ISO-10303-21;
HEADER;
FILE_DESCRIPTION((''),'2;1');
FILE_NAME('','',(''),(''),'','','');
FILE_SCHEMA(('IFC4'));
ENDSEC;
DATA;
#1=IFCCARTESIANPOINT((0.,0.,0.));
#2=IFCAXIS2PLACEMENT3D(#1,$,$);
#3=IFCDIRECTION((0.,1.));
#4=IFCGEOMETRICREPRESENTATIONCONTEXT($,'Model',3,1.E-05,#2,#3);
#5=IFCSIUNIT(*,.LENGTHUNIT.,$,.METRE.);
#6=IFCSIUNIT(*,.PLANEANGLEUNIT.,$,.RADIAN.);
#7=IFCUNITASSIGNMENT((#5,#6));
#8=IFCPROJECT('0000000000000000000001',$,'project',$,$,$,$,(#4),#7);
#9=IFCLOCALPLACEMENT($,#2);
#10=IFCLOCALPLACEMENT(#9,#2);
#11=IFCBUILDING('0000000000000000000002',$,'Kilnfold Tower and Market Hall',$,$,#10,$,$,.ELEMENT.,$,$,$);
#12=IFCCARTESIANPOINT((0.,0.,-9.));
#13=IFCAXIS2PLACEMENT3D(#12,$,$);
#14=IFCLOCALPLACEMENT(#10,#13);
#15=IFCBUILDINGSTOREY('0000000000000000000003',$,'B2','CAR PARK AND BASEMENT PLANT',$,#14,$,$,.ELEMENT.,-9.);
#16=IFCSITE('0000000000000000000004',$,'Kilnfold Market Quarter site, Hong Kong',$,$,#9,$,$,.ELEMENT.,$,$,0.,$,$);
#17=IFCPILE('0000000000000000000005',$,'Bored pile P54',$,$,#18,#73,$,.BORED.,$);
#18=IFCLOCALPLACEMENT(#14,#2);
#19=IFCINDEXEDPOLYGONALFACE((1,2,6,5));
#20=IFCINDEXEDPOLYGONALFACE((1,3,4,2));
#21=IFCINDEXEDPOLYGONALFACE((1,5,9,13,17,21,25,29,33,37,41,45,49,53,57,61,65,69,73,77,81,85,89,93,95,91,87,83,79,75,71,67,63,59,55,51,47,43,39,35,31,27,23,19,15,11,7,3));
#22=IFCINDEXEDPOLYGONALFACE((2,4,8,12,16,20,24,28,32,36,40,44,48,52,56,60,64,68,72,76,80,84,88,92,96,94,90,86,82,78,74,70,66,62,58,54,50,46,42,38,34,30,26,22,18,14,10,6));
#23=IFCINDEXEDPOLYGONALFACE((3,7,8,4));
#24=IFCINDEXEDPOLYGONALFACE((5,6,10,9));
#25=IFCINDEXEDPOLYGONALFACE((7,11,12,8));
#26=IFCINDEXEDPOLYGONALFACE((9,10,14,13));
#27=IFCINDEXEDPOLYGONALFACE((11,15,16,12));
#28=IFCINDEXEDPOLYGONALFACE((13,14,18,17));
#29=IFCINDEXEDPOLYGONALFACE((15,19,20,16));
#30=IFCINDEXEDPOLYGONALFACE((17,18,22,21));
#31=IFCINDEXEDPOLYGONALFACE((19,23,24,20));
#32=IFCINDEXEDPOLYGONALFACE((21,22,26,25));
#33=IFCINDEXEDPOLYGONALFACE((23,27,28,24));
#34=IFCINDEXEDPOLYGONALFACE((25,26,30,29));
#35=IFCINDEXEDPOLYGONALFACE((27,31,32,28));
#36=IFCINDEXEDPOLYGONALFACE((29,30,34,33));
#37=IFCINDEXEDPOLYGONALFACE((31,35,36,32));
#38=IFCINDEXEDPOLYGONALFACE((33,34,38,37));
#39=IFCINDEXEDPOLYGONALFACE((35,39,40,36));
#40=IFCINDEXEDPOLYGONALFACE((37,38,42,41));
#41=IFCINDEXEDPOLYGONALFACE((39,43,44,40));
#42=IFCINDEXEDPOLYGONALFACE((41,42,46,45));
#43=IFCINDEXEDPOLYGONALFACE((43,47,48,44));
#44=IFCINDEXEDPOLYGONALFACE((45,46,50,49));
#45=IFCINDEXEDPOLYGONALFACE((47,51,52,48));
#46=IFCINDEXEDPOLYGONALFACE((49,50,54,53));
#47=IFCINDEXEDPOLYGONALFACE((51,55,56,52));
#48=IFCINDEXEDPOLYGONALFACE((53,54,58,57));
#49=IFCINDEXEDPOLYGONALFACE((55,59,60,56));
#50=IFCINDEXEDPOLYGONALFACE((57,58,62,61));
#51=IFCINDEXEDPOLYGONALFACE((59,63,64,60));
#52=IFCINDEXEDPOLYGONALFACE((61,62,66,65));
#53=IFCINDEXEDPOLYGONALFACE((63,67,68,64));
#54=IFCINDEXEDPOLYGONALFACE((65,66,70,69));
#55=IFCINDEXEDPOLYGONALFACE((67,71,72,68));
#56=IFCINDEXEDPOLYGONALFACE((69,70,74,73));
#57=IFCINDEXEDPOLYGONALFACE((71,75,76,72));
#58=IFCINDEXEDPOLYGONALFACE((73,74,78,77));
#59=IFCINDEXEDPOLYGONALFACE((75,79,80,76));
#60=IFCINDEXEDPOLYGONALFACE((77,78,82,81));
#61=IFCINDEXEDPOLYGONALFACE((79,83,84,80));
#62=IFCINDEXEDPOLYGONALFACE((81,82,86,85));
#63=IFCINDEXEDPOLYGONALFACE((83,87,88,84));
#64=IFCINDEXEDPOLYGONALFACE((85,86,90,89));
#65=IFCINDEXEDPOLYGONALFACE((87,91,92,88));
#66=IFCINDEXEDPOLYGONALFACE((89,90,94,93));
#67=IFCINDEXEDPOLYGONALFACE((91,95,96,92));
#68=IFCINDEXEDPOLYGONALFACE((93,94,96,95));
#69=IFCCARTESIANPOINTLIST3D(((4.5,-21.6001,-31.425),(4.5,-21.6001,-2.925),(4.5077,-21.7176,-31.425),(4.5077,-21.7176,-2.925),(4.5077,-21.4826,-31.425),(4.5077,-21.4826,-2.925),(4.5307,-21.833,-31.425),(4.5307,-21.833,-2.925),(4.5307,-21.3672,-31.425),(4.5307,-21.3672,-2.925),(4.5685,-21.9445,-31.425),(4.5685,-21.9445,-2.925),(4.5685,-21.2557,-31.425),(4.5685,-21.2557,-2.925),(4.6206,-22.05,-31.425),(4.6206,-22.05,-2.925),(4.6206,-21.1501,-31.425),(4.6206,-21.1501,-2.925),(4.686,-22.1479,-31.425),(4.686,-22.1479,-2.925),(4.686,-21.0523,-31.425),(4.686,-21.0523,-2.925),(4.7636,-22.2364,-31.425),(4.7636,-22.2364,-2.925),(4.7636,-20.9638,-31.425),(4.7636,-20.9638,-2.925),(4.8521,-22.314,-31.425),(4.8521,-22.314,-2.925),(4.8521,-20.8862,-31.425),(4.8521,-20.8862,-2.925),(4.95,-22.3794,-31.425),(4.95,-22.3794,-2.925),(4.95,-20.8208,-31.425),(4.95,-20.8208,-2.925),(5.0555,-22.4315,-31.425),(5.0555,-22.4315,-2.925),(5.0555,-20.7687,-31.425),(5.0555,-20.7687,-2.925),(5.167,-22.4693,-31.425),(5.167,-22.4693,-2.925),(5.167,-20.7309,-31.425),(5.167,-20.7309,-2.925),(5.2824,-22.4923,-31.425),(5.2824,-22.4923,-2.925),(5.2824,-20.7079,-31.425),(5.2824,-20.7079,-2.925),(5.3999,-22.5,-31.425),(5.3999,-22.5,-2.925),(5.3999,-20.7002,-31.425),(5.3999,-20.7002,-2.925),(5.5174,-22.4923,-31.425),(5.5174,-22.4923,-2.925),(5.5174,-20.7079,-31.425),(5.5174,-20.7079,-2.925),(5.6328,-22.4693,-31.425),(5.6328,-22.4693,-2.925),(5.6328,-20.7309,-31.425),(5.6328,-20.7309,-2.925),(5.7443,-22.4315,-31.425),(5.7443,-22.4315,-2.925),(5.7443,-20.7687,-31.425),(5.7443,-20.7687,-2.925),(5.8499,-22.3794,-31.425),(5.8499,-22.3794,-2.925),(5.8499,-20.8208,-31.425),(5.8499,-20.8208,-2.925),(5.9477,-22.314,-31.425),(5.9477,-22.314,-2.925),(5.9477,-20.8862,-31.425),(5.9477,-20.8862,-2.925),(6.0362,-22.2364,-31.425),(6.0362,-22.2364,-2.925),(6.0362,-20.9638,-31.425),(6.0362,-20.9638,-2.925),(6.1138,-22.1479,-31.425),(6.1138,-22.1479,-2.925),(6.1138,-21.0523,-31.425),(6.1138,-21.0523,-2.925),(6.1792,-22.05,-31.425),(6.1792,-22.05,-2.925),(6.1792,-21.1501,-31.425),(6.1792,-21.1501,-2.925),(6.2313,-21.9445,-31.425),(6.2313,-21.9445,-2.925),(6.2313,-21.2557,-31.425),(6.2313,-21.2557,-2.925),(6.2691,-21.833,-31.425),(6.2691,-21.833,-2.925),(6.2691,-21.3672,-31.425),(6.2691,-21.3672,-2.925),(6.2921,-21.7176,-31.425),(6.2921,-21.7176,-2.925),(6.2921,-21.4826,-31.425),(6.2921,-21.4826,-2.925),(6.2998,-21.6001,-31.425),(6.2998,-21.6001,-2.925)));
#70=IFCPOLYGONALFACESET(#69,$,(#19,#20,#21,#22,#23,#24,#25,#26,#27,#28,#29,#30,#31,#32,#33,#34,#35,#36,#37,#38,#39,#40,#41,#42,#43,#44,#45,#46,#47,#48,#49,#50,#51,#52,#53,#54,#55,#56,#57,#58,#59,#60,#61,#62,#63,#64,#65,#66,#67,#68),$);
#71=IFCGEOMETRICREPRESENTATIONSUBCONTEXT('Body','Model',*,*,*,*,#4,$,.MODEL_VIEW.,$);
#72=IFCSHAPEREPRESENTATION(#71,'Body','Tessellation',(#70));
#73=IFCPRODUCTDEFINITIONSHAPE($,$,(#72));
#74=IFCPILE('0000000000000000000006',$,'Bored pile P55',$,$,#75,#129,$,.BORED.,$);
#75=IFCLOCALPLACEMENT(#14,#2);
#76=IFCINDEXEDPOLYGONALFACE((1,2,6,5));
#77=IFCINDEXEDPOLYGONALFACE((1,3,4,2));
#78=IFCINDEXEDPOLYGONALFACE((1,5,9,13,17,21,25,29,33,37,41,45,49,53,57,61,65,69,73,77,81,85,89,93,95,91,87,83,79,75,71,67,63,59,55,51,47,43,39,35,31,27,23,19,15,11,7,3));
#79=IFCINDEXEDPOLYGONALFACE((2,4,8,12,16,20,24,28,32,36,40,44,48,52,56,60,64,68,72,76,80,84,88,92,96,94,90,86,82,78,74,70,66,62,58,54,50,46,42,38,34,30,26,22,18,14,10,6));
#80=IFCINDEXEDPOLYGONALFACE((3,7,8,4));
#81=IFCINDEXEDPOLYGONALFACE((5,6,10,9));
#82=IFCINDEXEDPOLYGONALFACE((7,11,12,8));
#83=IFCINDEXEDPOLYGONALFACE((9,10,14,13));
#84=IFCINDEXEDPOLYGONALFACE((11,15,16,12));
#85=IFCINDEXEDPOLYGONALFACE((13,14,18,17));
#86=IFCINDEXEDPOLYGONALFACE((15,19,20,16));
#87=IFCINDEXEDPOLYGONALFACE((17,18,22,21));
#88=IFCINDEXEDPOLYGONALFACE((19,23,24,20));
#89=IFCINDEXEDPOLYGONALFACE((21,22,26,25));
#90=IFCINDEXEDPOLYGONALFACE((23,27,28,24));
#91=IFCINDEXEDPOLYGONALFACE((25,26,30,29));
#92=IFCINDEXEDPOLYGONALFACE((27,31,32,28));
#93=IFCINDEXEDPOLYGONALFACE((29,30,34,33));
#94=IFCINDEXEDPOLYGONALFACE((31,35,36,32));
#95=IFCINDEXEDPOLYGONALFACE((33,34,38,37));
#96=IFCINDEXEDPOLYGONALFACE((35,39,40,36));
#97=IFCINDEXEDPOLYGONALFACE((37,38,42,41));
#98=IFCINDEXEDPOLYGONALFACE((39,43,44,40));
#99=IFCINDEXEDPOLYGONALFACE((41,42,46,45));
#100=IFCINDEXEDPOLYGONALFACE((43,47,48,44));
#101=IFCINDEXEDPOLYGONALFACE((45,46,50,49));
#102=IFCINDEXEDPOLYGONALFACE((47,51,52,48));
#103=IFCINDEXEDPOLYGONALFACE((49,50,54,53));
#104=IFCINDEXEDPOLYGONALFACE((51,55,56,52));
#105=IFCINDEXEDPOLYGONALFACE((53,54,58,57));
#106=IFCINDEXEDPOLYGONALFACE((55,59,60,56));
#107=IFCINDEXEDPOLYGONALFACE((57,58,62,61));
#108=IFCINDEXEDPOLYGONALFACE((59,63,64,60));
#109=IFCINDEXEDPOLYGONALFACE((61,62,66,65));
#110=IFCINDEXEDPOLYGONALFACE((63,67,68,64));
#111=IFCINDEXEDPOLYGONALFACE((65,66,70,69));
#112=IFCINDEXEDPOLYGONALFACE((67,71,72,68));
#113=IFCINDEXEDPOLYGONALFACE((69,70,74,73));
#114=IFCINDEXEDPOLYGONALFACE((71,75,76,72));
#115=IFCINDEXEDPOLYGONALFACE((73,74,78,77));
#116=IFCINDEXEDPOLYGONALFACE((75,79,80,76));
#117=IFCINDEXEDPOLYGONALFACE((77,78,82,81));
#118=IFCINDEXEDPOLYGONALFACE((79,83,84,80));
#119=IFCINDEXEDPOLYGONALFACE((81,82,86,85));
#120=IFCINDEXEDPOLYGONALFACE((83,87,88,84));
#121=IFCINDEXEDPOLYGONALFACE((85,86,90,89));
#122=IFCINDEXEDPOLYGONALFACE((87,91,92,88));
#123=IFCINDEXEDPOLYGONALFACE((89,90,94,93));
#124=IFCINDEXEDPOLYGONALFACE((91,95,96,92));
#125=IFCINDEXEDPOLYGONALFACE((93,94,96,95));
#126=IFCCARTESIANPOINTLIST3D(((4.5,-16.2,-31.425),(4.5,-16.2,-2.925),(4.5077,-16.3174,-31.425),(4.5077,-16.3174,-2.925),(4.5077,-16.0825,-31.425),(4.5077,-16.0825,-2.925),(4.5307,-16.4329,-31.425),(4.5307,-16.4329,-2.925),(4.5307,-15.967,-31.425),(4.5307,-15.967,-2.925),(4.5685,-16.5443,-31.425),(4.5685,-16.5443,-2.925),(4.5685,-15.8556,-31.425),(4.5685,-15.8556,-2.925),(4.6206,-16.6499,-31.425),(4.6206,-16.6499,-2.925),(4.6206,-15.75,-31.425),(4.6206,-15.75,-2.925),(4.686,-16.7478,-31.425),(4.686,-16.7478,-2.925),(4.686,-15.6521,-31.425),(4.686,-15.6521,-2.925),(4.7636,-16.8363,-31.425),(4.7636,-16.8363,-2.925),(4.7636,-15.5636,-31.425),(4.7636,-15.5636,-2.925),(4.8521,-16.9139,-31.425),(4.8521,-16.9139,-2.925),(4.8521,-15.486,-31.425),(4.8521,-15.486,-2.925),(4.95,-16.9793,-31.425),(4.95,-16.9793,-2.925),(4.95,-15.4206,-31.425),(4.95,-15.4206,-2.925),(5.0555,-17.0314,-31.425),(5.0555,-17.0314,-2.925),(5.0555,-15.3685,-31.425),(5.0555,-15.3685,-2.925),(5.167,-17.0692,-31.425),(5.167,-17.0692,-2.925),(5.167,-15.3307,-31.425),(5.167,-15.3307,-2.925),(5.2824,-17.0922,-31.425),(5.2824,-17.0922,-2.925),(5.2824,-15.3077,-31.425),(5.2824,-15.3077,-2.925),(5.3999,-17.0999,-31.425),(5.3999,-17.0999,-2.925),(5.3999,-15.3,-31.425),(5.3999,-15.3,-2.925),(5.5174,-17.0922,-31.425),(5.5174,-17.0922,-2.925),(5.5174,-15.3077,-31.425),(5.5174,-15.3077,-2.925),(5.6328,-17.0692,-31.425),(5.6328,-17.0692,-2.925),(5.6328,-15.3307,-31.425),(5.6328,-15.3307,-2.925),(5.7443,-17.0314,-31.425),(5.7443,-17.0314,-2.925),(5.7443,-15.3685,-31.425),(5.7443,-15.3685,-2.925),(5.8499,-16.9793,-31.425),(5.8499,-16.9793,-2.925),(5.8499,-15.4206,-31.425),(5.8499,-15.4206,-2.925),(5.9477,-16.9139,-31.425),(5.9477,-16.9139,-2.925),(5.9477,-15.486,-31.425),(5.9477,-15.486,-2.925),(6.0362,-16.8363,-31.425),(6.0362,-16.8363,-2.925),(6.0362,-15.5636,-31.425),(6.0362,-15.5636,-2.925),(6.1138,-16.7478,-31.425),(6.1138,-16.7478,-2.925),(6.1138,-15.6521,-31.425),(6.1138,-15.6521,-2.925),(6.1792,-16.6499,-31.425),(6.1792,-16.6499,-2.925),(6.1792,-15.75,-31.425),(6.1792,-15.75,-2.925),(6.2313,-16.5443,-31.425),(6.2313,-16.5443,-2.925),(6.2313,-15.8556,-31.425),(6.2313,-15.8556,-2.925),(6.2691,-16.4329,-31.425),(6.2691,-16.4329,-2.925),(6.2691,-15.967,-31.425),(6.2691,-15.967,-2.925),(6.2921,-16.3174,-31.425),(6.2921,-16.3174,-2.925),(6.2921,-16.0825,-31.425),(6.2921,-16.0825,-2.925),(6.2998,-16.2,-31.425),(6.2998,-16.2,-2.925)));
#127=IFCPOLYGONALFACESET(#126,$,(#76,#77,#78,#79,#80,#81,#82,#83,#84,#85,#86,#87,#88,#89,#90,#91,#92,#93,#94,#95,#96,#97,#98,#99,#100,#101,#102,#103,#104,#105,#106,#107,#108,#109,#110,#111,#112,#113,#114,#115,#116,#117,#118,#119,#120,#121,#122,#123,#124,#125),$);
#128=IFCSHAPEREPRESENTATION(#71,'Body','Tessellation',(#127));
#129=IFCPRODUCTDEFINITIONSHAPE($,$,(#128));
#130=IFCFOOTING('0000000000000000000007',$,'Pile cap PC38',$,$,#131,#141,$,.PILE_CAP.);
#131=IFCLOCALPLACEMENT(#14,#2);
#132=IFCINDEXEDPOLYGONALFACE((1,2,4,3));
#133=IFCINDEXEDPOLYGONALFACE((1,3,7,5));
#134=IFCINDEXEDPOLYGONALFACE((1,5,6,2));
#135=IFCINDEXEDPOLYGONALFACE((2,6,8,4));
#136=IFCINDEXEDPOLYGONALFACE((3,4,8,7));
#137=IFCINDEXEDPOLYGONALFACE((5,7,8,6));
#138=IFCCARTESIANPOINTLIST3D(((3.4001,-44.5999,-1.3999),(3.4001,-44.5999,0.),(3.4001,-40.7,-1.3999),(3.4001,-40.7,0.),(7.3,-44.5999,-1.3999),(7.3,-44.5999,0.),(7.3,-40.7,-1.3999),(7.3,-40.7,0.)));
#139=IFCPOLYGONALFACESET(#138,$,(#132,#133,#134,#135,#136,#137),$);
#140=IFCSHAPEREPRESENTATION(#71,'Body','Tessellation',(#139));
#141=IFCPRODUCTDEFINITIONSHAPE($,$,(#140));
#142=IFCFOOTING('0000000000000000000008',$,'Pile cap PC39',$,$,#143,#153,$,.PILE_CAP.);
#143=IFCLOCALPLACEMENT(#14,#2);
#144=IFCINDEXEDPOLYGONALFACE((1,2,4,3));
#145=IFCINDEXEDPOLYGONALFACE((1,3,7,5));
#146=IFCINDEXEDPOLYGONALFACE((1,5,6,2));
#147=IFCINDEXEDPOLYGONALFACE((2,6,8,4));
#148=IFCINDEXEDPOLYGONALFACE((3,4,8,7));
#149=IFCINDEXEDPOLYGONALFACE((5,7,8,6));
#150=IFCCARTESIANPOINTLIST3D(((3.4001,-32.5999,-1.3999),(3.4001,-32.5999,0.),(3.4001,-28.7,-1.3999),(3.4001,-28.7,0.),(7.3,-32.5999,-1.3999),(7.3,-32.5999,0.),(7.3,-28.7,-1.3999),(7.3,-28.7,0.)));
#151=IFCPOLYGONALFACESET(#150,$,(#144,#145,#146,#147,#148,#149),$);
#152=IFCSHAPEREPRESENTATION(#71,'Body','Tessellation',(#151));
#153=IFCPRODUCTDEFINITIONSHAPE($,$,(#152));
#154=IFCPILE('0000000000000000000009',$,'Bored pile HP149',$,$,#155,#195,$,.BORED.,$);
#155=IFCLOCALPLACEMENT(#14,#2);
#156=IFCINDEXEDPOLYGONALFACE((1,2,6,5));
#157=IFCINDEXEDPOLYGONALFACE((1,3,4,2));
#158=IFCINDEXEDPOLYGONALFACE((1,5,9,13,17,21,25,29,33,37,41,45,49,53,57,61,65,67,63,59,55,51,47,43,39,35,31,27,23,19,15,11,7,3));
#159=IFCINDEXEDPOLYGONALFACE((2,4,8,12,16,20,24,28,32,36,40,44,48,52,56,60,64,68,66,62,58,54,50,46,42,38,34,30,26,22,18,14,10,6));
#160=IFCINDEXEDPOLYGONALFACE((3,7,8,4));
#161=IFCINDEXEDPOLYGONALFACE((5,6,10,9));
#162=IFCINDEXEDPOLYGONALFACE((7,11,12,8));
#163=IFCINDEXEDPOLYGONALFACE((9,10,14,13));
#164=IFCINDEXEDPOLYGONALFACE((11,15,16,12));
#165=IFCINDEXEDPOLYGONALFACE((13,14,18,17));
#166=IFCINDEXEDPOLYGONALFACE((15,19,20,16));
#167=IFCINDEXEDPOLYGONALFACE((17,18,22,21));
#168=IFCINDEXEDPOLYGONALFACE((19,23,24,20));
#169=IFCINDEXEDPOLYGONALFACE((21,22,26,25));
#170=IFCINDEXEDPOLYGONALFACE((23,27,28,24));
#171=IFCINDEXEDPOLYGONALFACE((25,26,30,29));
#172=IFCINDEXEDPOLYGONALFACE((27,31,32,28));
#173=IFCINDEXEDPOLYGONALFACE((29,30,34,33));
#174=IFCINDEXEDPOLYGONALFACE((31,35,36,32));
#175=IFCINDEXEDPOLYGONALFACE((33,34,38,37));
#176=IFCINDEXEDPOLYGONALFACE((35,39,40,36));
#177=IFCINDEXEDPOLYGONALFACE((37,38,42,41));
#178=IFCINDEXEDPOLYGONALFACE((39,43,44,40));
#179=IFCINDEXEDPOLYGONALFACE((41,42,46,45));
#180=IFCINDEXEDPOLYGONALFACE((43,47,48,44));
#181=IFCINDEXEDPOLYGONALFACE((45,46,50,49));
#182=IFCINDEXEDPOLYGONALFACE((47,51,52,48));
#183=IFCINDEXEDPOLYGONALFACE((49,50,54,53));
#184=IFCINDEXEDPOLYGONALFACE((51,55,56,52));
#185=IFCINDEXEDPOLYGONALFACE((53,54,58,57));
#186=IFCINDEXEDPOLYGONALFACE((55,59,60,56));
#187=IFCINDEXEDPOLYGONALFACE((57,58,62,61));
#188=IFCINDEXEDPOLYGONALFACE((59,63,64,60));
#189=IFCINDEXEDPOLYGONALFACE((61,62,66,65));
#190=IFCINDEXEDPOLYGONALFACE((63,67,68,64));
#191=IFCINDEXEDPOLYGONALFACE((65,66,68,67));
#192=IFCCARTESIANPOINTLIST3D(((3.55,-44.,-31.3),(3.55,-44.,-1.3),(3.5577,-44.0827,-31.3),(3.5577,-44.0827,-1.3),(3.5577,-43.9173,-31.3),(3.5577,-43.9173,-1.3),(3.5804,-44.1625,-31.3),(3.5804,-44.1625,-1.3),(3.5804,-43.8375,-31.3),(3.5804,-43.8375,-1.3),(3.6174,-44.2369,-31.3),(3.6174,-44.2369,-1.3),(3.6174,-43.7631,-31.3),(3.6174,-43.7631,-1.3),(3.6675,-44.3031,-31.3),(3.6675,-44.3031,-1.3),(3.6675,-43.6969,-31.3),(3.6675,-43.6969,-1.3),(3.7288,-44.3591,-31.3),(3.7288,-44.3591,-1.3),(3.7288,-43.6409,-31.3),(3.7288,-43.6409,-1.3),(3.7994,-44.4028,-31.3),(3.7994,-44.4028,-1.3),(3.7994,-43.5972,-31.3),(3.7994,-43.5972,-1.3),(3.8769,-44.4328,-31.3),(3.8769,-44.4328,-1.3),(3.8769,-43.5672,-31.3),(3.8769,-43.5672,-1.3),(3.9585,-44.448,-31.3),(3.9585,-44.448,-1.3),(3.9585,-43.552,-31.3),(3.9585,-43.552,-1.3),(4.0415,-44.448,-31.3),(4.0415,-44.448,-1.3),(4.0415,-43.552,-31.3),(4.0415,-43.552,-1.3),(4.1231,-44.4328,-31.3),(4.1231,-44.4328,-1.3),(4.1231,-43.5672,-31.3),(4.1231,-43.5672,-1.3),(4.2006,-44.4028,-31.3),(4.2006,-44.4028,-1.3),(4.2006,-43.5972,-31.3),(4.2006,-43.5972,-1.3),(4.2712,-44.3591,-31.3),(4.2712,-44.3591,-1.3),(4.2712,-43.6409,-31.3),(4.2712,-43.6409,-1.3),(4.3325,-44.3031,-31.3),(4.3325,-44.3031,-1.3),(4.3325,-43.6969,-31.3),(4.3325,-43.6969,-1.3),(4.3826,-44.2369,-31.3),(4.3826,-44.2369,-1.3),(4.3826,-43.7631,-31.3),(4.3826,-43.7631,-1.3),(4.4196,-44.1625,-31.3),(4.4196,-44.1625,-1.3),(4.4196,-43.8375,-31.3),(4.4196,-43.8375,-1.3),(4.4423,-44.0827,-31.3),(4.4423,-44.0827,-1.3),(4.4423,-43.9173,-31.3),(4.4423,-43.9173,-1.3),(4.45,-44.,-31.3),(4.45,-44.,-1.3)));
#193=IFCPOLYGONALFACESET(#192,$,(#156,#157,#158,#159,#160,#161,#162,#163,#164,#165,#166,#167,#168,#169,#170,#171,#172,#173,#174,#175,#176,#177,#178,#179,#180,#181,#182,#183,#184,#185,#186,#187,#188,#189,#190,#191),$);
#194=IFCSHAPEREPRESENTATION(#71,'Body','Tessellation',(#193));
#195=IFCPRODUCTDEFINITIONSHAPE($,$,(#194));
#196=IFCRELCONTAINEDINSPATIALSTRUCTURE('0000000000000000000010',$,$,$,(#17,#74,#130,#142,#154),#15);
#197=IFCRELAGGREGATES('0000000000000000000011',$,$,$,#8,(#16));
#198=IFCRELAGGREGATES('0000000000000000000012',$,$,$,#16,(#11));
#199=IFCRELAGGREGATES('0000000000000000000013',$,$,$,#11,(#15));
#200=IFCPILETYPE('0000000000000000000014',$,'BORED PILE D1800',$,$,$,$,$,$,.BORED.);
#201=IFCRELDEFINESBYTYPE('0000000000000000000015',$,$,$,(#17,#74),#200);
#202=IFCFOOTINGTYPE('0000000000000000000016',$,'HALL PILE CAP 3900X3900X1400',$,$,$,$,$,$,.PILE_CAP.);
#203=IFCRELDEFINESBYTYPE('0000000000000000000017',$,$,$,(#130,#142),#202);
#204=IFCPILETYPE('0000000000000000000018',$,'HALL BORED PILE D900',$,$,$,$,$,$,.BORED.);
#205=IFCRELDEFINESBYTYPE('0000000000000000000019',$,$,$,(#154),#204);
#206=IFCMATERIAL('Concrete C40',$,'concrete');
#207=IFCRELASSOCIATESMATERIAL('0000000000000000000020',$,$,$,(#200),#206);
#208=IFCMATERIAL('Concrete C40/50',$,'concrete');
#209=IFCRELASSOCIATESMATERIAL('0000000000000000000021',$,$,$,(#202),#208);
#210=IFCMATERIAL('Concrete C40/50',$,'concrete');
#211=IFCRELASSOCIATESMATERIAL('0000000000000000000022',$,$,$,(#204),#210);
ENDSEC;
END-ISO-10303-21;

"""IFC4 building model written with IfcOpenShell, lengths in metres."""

from ifc_helpers import new_model, si_unit, direction, frame, origin, origin_2d, place, context, subcontext, project, spatial, rectangle, circle, extrude, source, transform, mapped, material, material_profile, profile_set, type_object, element, save


model = new_model("IFC4")

# Units and contexts
model_context = context("Model", 3, precision=1e-05, world=origin(), true_north=direction((0.0, 1.0)))
body_context = subcontext(model_context, "Body", "Model", "MODEL_VIEW")
ifc_project = project(units=[si_unit("LENGTHUNIT", "METRE"), si_unit("PLANEANGLEUNIT", "RADIAN")], contexts=[model_context])

# Site, building, storey
site_placement = place(None, origin())
site = spatial("IfcSite", under=ifc_project, at=site_placement, Name="Kilnfold Market Quarter site, Hong Kong", CompositionType="ELEMENT", RefElevation=0.0)
building_placement = place(site_placement, origin())
building = spatial("IfcBuilding", under=site, at=building_placement, Name="Kilnfold Tower and Market Hall", CompositionType="ELEMENT")
storey_placement = place(building_placement, frame((0.0, 0.0, -9.0)))
storey = spatial("IfcBuildingStorey", under=building, at=storey_placement, Name="B2", Description="CAR PARK AND BASEMENT PLANT", CompositionType="ELEMENT", Elevation=-9.0)

# Piles
ifc_material_1 = material(Name="Concrete C40", Category="concrete")
ifc_material_profile_1 = material_profile(ifc_material_1, circle(Radius=0.8999, at=origin_2d()), Name="RC D1800")
ifc_profile_set_1 = profile_set([ifc_material_profile_1], Name="Concrete C40")
pile_type_1 = type_object("IfcPileType", Name="BORED PILE D1800", PredefinedType="BORED", material=ifc_profile_set_1)
shared_shape_1 = source(origin(), body_context, "Body", "SweptSolid", [
    extrude(circle(Radius=0.8999, at=origin_2d()), origin(), (0.0, 0.0, 1.0), 28.5),
])
for number, where, z_axis, x_axis, name in (
    (1, (5.3999, -21.6001, -2.925), (0.0, 0.0, -1.0), (1.0, 0.0, 0.0), "Bored pile P54"),
    (2, (5.3999, -16.2, -2.925), (0.0, 0.0, -1.0), (1.0, 0.0, 0.0), "Bored pile P55"),
):
    element("IfcPile", number, at=place(storey_placement, frame(where, z_axis=z_axis, x_axis=x_axis)), inside=storey, type_object=pile_type_1, Name=name, PredefinedType="BORED", context=body_context, shape_type="MappedRepresentation", body=[
        mapped(shared_shape_1, transform((0.0, 0.0, 0.0))),
    ])

# Footings
ifc_material_2 = material(Name="Concrete C40/50", Category="concrete")
footing_type = type_object("IfcFootingType", Name="HALL PILE CAP 3900X3900X1400", PredefinedType="PILE_CAP", material=ifc_material_2)
shared_shape_2 = source(origin(), body_context, "Body", "SweptSolid", [
    extrude(rectangle(XDim=3.8999, YDim=3.8999, at=origin_2d()), origin(), (0.0, 0.0, 1.0), 1.3999),
])
for number, where, z_axis, x_axis, name in (
    (3, (5.3501, -42.6499, -1.3999), (0.0, 0.0, 1.0), (1.0, 0.0, 0.0), "Pile cap PC38"),
    (4, (5.3501, -30.6499, -1.3999), (0.0, 0.0, 1.0), (1.0, 0.0, 0.0), "Pile cap PC39"),
):
    element("IfcFooting", number, at=place(storey_placement, frame(where, z_axis=z_axis, x_axis=x_axis)), inside=storey, type_object=footing_type, Name=name, PredefinedType="PILE_CAP", context=body_context, shape_type="MappedRepresentation", body=[
        mapped(shared_shape_2, transform((0.0, 0.0, 0.0))),
    ])

# Pile
ifc_material_3 = material(Name="Concrete C40/50", Category="concrete")
ifc_material_profile_2 = material_profile(ifc_material_3, circle(Radius=0.45, at=origin_2d()), Name="D900")
ifc_profile_set_2 = profile_set([ifc_material_profile_2], Name="Concrete C40/50")
pile_type_2 = type_object("IfcPileType", Name="HALL BORED PILE D900", PredefinedType="BORED", material=ifc_profile_set_2)
shared_shape_3 = source(origin(), body_context, "Body", "SweptSolid", [
    extrude(circle(Radius=0.45, at=origin_2d()), origin(), (0.0, 0.0, 1.0), 30.0),
])
for number, where, z_axis, x_axis, name in (
    (5, (4.0, -44.0, -1.3), (0.0, 0.0, -1.0), (1.0, 0.0, 0.0), "Bored pile HP149"),
):
    element("IfcPile", number, at=place(storey_placement, frame(where, z_axis=z_axis, x_axis=x_axis)), inside=storey, type_object=pile_type_2, Name=name, PredefinedType="BORED", context=body_context, shape_type="MappedRepresentation", body=[
        mapped(shared_shape_3, transform((0.0, 0.0, 0.0))),
    ])

save(model, "model.ifc")
